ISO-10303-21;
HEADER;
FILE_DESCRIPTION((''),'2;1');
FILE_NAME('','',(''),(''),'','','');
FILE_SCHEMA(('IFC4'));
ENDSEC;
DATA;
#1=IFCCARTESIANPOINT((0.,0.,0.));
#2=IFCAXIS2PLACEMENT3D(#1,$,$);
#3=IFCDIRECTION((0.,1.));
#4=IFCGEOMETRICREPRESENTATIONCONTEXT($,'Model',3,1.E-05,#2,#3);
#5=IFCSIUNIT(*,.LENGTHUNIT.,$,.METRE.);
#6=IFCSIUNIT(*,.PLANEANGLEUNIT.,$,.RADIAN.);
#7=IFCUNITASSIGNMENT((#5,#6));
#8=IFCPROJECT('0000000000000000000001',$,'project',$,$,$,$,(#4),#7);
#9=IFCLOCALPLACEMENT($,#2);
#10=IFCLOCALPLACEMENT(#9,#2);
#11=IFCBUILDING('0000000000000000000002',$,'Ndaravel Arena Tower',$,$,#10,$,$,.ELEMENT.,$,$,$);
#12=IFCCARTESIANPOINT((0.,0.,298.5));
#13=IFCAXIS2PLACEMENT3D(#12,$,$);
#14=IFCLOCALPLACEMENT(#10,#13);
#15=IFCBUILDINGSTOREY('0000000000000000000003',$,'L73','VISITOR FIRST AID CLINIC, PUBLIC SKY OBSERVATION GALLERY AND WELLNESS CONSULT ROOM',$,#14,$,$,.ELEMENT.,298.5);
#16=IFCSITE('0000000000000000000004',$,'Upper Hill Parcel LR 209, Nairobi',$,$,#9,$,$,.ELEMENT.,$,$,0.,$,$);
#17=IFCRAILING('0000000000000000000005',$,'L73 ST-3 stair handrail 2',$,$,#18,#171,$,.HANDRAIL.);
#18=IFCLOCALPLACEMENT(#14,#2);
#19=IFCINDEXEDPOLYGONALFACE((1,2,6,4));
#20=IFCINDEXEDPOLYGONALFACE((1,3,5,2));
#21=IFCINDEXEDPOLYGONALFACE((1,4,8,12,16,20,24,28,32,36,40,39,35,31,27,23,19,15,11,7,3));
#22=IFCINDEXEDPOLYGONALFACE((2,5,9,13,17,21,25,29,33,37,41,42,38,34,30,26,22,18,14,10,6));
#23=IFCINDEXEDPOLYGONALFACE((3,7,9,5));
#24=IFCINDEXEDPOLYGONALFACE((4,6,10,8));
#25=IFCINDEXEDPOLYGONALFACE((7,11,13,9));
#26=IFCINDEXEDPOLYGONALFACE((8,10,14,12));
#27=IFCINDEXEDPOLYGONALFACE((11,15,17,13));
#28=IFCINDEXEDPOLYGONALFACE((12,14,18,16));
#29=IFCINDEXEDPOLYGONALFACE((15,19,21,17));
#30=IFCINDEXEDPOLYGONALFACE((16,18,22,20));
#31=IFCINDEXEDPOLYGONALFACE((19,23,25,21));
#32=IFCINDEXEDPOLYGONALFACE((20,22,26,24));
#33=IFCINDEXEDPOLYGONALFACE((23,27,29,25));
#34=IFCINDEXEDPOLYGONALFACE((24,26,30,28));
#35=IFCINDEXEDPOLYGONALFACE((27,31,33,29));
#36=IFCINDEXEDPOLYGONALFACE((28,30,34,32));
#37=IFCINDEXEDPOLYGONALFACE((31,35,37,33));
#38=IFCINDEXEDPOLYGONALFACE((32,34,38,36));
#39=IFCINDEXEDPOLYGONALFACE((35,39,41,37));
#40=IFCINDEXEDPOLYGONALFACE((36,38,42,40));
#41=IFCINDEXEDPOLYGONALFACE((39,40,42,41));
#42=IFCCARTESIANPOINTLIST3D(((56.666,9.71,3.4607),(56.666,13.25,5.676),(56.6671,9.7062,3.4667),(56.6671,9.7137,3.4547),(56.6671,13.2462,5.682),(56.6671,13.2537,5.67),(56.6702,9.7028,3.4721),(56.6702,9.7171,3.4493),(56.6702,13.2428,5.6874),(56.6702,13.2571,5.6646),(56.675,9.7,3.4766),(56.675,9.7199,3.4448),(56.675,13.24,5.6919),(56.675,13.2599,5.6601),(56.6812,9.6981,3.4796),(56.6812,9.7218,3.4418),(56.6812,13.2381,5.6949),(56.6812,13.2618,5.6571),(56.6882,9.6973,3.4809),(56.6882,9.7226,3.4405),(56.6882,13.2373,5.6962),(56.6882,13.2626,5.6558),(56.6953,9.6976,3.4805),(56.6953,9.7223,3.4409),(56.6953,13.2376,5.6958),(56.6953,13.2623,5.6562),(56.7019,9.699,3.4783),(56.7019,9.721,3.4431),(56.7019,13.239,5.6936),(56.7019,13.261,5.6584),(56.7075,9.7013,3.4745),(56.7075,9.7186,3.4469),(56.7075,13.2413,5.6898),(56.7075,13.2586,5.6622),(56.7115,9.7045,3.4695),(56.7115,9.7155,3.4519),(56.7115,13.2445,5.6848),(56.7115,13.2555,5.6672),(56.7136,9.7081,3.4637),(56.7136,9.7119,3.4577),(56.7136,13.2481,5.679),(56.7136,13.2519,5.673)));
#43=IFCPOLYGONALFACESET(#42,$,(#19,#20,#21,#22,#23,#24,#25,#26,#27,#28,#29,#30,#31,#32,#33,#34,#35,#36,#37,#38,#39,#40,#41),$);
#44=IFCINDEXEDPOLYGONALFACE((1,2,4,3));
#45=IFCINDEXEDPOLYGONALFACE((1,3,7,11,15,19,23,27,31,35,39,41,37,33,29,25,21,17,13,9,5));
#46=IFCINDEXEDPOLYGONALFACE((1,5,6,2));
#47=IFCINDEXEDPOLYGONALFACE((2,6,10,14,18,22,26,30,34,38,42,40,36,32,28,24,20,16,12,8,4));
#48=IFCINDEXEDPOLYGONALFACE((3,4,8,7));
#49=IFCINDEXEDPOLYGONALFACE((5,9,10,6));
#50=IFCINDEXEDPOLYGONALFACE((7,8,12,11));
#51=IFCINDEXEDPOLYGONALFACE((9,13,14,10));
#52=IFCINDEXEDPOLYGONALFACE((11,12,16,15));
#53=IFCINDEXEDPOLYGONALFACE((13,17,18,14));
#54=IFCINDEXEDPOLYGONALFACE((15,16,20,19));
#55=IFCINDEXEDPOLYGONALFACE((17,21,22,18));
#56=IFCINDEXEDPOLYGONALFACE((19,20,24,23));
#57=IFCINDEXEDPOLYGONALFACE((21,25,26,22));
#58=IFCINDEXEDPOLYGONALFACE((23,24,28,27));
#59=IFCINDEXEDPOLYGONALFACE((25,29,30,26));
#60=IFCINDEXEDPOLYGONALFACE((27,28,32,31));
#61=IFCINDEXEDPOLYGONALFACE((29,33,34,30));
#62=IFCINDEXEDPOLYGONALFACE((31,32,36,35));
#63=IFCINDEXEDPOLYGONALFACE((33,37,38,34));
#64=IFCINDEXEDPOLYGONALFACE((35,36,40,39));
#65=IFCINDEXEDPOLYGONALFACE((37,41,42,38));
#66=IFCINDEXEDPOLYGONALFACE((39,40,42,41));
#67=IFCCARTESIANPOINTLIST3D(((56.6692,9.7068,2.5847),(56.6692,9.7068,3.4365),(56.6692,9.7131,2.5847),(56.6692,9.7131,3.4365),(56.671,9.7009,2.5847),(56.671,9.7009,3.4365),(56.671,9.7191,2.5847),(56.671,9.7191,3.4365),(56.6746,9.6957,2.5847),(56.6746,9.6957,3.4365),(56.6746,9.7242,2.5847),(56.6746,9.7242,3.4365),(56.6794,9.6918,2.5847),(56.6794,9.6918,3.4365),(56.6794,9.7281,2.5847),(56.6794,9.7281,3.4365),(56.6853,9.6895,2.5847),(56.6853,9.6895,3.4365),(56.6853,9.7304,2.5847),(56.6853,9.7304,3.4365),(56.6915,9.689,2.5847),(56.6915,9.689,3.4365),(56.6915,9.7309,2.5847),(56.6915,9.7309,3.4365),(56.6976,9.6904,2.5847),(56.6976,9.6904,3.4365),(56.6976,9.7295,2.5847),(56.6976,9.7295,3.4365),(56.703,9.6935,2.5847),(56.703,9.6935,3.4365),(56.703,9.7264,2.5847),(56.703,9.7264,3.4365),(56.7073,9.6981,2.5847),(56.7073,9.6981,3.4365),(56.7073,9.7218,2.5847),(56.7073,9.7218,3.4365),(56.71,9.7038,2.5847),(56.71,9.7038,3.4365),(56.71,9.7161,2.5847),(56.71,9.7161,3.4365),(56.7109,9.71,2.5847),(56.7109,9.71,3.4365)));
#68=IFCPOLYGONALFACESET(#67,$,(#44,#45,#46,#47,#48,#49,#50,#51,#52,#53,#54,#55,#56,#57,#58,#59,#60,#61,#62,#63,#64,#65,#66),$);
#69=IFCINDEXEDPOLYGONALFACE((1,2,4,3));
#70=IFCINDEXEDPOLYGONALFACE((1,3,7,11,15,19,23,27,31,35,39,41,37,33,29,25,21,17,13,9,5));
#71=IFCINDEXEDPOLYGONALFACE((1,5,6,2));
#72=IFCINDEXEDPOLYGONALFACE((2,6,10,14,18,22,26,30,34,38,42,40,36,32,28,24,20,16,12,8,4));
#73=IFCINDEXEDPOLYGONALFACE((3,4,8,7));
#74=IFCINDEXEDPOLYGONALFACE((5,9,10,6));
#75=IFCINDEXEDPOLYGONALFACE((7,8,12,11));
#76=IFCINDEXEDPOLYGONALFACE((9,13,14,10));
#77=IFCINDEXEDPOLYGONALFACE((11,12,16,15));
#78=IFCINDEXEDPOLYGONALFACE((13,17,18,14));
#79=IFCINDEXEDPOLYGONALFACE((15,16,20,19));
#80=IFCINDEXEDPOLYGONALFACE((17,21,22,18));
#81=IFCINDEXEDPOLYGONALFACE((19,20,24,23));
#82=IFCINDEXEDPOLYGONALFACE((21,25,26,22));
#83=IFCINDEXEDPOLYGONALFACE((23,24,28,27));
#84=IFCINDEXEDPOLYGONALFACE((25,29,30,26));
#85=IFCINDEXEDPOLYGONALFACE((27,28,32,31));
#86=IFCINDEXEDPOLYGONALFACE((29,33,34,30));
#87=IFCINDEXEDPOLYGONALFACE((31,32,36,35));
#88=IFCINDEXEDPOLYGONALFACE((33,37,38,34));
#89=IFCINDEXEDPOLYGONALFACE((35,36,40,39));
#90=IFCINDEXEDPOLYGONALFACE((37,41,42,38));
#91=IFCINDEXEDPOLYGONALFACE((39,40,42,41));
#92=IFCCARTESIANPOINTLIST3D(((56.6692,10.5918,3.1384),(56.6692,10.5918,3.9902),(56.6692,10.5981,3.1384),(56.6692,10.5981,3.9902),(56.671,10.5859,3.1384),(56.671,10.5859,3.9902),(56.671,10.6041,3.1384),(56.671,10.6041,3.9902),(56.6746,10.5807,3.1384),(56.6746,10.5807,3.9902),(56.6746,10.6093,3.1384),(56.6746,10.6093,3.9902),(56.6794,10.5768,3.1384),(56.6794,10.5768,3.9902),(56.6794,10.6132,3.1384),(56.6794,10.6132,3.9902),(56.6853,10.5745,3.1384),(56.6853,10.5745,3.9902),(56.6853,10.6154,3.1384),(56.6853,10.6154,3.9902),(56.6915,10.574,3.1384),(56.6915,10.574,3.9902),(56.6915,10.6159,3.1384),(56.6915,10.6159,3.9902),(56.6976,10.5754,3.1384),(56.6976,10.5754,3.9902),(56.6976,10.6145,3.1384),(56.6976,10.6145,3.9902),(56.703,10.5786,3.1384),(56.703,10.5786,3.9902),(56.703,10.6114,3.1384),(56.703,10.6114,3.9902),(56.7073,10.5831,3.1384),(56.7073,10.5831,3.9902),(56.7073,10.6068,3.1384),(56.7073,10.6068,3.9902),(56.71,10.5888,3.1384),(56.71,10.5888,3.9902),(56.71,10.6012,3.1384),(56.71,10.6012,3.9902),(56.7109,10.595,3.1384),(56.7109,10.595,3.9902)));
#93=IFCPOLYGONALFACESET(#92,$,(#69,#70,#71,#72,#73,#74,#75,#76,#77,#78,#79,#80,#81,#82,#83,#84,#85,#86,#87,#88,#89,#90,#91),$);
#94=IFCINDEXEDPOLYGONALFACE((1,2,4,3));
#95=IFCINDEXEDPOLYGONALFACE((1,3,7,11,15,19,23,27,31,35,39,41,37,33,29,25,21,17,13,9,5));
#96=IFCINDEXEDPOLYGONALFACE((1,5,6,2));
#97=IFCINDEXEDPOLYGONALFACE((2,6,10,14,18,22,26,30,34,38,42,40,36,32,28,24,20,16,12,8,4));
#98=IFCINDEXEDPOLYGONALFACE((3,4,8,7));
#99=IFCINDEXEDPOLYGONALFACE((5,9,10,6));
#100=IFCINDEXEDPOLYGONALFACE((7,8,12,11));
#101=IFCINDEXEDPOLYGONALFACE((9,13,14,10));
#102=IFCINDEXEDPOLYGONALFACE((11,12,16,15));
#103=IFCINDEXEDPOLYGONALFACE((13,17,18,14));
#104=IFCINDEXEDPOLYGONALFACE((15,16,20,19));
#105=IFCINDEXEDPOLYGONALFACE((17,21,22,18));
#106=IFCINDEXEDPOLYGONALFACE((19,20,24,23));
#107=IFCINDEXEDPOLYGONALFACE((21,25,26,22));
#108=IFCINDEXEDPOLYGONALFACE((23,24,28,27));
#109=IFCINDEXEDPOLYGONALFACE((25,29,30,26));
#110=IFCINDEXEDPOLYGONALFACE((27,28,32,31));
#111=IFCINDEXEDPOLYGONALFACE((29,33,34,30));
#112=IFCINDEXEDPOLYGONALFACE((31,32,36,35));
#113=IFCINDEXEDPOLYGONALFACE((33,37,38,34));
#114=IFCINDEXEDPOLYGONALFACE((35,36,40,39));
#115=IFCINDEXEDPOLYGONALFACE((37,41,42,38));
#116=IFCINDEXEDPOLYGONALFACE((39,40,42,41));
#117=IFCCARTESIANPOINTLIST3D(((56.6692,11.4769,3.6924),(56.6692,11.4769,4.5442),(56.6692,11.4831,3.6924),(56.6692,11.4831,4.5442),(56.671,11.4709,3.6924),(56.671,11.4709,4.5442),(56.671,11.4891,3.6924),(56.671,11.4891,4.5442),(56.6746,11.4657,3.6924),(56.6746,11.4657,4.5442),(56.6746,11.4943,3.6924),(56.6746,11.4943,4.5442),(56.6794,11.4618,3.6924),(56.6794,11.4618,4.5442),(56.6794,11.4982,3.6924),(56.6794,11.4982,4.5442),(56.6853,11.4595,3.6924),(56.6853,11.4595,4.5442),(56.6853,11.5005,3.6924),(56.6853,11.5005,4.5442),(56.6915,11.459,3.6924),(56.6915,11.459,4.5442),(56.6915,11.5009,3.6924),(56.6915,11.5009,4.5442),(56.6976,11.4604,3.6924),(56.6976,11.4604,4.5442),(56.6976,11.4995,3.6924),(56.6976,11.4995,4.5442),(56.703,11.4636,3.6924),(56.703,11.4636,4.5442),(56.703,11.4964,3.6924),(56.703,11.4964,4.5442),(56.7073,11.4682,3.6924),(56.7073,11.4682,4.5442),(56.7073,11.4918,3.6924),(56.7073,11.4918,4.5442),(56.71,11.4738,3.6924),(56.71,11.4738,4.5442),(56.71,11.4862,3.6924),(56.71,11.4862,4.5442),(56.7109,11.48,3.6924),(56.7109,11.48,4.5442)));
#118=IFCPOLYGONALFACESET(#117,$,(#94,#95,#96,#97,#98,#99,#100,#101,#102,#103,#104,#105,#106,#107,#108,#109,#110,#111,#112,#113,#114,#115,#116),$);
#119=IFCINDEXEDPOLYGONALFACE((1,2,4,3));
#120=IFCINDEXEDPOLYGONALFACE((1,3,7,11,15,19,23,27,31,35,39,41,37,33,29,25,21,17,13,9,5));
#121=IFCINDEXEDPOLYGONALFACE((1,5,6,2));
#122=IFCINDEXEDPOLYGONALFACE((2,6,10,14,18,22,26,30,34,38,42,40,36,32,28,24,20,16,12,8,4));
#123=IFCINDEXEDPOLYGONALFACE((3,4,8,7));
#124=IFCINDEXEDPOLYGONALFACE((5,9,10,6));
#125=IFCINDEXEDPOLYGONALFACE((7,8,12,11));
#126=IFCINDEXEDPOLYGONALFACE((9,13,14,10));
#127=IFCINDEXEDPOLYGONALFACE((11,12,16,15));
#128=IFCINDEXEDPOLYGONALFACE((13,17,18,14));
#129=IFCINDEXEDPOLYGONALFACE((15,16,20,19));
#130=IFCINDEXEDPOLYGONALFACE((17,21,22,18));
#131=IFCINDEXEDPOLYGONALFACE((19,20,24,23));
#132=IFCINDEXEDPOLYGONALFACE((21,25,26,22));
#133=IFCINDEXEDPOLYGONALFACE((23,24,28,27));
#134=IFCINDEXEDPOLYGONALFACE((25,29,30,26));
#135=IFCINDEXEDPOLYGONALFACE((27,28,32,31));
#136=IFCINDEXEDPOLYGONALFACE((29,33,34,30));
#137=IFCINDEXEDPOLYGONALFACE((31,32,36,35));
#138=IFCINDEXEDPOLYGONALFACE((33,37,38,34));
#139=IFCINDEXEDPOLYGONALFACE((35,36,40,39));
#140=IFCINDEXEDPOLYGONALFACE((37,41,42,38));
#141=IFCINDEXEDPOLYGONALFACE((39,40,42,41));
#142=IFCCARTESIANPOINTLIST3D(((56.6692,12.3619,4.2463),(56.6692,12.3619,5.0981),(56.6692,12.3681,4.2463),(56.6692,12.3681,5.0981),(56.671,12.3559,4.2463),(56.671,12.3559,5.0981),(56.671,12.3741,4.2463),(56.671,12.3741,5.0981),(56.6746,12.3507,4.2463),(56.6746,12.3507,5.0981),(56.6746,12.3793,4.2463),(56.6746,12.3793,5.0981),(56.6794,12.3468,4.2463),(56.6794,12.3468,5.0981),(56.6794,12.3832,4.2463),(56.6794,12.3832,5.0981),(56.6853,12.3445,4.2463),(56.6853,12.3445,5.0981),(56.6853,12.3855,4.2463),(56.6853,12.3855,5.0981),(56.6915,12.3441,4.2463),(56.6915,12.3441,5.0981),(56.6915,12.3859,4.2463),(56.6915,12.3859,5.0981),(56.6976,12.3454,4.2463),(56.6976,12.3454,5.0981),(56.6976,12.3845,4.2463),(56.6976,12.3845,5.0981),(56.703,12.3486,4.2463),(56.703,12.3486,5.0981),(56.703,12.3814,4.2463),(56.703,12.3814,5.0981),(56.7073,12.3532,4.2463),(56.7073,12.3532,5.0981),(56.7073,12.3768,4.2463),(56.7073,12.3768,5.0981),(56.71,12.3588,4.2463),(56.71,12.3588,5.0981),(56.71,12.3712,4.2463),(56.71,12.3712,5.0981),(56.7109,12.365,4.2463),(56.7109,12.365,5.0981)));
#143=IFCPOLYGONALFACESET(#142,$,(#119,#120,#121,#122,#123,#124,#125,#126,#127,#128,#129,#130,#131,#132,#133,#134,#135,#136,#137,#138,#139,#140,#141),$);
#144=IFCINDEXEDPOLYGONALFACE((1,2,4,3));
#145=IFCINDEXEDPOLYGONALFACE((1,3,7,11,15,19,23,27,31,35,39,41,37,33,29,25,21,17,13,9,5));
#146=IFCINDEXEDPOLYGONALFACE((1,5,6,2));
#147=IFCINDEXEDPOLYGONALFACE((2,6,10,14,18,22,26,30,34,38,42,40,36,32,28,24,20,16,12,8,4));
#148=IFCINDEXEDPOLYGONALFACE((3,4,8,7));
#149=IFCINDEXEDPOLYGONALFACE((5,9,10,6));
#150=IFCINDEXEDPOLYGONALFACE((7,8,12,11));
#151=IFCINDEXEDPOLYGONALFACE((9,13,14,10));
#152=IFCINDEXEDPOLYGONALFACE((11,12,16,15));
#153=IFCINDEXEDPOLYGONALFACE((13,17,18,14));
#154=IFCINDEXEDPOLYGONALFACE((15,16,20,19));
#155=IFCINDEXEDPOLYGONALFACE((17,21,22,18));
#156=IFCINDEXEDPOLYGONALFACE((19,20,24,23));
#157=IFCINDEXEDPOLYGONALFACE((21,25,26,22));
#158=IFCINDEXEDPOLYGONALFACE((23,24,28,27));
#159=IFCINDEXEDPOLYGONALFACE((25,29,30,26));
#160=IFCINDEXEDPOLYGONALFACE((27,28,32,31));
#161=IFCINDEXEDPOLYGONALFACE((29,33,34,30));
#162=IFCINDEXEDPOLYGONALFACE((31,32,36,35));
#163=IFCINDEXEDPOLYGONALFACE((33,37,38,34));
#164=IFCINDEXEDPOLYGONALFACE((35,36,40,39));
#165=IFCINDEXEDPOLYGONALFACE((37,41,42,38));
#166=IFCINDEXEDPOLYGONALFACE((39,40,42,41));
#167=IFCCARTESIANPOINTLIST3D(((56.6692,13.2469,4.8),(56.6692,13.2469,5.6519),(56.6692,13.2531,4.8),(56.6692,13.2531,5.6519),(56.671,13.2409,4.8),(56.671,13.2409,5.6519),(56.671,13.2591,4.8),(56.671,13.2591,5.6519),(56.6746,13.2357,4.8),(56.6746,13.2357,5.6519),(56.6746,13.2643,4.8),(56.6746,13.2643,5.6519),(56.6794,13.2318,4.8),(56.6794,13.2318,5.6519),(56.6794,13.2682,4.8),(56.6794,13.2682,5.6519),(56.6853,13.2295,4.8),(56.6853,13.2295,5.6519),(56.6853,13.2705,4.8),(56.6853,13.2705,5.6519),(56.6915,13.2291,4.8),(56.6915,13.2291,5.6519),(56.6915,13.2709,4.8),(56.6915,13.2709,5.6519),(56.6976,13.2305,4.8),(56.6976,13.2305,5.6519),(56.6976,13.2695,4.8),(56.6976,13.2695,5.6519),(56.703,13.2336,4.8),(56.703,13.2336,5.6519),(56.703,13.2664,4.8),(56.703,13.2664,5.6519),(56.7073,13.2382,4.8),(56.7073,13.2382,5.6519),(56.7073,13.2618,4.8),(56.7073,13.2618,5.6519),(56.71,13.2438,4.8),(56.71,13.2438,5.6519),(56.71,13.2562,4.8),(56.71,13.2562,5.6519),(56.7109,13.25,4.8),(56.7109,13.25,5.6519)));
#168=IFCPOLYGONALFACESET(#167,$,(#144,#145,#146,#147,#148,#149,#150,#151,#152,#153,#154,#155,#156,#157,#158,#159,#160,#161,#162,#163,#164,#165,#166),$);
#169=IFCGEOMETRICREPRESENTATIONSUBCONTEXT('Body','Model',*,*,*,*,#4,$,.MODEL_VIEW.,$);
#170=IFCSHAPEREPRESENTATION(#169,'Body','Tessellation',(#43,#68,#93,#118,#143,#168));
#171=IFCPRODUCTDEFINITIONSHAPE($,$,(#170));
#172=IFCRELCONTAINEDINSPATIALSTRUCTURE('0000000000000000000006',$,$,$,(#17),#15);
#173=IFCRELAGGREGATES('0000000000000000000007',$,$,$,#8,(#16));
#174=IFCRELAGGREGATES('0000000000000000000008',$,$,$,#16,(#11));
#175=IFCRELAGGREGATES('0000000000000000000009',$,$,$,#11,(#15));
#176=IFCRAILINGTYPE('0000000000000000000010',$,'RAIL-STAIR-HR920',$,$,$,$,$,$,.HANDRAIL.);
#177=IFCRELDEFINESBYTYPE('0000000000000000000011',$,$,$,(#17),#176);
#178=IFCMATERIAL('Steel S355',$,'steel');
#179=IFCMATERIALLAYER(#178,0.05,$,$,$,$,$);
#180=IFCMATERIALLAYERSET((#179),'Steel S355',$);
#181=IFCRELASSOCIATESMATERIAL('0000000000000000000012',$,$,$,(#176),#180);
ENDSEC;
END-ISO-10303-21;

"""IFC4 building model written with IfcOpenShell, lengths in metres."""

from ifc_helpers import new_model, si_unit, direction, frame, origin, origin_2d, place, context, subcontext, project, spatial, circle, extrude, material, layer, layer_set, type_object, element, save


model = new_model("IFC4")

# Units and contexts
model_context = context("Model", 3, precision=1e-05, world=origin(), true_north=direction((0.0, 1.0)))
body_context = subcontext(model_context, "Body", "Model", "MODEL_VIEW")
ifc_project = project(units=[si_unit("LENGTHUNIT", "METRE"), si_unit("PLANEANGLEUNIT", "RADIAN")], contexts=[model_context])

# Site, building, storey
site_placement = place(None, origin())
site = spatial("IfcSite", under=ifc_project, at=site_placement, Name="Upper Hill Parcel LR 209, Nairobi", CompositionType="ELEMENT", RefElevation=0.0)
building_placement = place(site_placement, origin())
building = spatial("IfcBuilding", under=site, at=building_placement, Name="Ndaravel Arena Tower", CompositionType="ELEMENT")
storey_placement = place(building_placement, frame((0.0, 0.0, 298.5)))
storey = spatial("IfcBuildingStorey", under=building, at=storey_placement, Name="L73", Description="VISITOR FIRST AID CLINIC, PUBLIC SKY OBSERVATION GALLERY AND WELLNESS CONSULT ROOM", CompositionType="ELEMENT", Elevation=298.5)

# Railing
ifc_material_1 = material(Name="Steel S355", Category="steel")
ifc_layer_1 = layer(ifc_material_1, 0.05)
ifc_layer_set_1 = layer_set([ifc_layer_1], Name="Steel S355")
railing_type_1 = type_object("IfcRailingType", Name="RAIL-STAIR-HR920", PredefinedType="HANDRAIL", material=ifc_layer_set_1)
railing_1_placement = place(storey_placement, frame((56.6899, 9.71, 2.5847)))
element("IfcRailing", 1, at=railing_1_placement, inside=storey, type_object=railing_type_1, Name="L73 ST-3 stair handrail 2", PredefinedType="HANDRAIL", context=body_context, shape_type="SweptSolid", body=[
    extrude(circle(Radius=0.0239, at=origin_2d()), frame((0.0, 0.0, 0.876), z_axis=(0.0, 0.847696, 0.530482), x_axis=(-1.0, 0.0, 0.0)), (0.0, 0.0, 1.0), 4.176),
    extrude(circle(Radius=0.021, at=origin_2d()), origin(), (0.0, 0.0, 1.0), 0.8518),
    extrude(circle(Radius=0.021, at=origin_2d()), frame((0.0, 0.885, 0.5537)), (0.0, 0.0, 1.0), 0.8518),
    extrude(circle(Radius=0.021, at=origin_2d()), frame((0.0, 1.77, 1.1077)), (0.0, 0.0, 1.0), 0.8518),
    extrude(circle(Radius=0.021, at=origin_2d()), frame((0.0, 2.655, 1.6616)), (0.0, 0.0, 1.0), 0.8518),
    extrude(circle(Radius=0.021, at=origin_2d()), frame((0.0, 3.54, 2.2153)), (0.0, 0.0, 1.0), 0.8518),
])

save(model, "model.ifc")
